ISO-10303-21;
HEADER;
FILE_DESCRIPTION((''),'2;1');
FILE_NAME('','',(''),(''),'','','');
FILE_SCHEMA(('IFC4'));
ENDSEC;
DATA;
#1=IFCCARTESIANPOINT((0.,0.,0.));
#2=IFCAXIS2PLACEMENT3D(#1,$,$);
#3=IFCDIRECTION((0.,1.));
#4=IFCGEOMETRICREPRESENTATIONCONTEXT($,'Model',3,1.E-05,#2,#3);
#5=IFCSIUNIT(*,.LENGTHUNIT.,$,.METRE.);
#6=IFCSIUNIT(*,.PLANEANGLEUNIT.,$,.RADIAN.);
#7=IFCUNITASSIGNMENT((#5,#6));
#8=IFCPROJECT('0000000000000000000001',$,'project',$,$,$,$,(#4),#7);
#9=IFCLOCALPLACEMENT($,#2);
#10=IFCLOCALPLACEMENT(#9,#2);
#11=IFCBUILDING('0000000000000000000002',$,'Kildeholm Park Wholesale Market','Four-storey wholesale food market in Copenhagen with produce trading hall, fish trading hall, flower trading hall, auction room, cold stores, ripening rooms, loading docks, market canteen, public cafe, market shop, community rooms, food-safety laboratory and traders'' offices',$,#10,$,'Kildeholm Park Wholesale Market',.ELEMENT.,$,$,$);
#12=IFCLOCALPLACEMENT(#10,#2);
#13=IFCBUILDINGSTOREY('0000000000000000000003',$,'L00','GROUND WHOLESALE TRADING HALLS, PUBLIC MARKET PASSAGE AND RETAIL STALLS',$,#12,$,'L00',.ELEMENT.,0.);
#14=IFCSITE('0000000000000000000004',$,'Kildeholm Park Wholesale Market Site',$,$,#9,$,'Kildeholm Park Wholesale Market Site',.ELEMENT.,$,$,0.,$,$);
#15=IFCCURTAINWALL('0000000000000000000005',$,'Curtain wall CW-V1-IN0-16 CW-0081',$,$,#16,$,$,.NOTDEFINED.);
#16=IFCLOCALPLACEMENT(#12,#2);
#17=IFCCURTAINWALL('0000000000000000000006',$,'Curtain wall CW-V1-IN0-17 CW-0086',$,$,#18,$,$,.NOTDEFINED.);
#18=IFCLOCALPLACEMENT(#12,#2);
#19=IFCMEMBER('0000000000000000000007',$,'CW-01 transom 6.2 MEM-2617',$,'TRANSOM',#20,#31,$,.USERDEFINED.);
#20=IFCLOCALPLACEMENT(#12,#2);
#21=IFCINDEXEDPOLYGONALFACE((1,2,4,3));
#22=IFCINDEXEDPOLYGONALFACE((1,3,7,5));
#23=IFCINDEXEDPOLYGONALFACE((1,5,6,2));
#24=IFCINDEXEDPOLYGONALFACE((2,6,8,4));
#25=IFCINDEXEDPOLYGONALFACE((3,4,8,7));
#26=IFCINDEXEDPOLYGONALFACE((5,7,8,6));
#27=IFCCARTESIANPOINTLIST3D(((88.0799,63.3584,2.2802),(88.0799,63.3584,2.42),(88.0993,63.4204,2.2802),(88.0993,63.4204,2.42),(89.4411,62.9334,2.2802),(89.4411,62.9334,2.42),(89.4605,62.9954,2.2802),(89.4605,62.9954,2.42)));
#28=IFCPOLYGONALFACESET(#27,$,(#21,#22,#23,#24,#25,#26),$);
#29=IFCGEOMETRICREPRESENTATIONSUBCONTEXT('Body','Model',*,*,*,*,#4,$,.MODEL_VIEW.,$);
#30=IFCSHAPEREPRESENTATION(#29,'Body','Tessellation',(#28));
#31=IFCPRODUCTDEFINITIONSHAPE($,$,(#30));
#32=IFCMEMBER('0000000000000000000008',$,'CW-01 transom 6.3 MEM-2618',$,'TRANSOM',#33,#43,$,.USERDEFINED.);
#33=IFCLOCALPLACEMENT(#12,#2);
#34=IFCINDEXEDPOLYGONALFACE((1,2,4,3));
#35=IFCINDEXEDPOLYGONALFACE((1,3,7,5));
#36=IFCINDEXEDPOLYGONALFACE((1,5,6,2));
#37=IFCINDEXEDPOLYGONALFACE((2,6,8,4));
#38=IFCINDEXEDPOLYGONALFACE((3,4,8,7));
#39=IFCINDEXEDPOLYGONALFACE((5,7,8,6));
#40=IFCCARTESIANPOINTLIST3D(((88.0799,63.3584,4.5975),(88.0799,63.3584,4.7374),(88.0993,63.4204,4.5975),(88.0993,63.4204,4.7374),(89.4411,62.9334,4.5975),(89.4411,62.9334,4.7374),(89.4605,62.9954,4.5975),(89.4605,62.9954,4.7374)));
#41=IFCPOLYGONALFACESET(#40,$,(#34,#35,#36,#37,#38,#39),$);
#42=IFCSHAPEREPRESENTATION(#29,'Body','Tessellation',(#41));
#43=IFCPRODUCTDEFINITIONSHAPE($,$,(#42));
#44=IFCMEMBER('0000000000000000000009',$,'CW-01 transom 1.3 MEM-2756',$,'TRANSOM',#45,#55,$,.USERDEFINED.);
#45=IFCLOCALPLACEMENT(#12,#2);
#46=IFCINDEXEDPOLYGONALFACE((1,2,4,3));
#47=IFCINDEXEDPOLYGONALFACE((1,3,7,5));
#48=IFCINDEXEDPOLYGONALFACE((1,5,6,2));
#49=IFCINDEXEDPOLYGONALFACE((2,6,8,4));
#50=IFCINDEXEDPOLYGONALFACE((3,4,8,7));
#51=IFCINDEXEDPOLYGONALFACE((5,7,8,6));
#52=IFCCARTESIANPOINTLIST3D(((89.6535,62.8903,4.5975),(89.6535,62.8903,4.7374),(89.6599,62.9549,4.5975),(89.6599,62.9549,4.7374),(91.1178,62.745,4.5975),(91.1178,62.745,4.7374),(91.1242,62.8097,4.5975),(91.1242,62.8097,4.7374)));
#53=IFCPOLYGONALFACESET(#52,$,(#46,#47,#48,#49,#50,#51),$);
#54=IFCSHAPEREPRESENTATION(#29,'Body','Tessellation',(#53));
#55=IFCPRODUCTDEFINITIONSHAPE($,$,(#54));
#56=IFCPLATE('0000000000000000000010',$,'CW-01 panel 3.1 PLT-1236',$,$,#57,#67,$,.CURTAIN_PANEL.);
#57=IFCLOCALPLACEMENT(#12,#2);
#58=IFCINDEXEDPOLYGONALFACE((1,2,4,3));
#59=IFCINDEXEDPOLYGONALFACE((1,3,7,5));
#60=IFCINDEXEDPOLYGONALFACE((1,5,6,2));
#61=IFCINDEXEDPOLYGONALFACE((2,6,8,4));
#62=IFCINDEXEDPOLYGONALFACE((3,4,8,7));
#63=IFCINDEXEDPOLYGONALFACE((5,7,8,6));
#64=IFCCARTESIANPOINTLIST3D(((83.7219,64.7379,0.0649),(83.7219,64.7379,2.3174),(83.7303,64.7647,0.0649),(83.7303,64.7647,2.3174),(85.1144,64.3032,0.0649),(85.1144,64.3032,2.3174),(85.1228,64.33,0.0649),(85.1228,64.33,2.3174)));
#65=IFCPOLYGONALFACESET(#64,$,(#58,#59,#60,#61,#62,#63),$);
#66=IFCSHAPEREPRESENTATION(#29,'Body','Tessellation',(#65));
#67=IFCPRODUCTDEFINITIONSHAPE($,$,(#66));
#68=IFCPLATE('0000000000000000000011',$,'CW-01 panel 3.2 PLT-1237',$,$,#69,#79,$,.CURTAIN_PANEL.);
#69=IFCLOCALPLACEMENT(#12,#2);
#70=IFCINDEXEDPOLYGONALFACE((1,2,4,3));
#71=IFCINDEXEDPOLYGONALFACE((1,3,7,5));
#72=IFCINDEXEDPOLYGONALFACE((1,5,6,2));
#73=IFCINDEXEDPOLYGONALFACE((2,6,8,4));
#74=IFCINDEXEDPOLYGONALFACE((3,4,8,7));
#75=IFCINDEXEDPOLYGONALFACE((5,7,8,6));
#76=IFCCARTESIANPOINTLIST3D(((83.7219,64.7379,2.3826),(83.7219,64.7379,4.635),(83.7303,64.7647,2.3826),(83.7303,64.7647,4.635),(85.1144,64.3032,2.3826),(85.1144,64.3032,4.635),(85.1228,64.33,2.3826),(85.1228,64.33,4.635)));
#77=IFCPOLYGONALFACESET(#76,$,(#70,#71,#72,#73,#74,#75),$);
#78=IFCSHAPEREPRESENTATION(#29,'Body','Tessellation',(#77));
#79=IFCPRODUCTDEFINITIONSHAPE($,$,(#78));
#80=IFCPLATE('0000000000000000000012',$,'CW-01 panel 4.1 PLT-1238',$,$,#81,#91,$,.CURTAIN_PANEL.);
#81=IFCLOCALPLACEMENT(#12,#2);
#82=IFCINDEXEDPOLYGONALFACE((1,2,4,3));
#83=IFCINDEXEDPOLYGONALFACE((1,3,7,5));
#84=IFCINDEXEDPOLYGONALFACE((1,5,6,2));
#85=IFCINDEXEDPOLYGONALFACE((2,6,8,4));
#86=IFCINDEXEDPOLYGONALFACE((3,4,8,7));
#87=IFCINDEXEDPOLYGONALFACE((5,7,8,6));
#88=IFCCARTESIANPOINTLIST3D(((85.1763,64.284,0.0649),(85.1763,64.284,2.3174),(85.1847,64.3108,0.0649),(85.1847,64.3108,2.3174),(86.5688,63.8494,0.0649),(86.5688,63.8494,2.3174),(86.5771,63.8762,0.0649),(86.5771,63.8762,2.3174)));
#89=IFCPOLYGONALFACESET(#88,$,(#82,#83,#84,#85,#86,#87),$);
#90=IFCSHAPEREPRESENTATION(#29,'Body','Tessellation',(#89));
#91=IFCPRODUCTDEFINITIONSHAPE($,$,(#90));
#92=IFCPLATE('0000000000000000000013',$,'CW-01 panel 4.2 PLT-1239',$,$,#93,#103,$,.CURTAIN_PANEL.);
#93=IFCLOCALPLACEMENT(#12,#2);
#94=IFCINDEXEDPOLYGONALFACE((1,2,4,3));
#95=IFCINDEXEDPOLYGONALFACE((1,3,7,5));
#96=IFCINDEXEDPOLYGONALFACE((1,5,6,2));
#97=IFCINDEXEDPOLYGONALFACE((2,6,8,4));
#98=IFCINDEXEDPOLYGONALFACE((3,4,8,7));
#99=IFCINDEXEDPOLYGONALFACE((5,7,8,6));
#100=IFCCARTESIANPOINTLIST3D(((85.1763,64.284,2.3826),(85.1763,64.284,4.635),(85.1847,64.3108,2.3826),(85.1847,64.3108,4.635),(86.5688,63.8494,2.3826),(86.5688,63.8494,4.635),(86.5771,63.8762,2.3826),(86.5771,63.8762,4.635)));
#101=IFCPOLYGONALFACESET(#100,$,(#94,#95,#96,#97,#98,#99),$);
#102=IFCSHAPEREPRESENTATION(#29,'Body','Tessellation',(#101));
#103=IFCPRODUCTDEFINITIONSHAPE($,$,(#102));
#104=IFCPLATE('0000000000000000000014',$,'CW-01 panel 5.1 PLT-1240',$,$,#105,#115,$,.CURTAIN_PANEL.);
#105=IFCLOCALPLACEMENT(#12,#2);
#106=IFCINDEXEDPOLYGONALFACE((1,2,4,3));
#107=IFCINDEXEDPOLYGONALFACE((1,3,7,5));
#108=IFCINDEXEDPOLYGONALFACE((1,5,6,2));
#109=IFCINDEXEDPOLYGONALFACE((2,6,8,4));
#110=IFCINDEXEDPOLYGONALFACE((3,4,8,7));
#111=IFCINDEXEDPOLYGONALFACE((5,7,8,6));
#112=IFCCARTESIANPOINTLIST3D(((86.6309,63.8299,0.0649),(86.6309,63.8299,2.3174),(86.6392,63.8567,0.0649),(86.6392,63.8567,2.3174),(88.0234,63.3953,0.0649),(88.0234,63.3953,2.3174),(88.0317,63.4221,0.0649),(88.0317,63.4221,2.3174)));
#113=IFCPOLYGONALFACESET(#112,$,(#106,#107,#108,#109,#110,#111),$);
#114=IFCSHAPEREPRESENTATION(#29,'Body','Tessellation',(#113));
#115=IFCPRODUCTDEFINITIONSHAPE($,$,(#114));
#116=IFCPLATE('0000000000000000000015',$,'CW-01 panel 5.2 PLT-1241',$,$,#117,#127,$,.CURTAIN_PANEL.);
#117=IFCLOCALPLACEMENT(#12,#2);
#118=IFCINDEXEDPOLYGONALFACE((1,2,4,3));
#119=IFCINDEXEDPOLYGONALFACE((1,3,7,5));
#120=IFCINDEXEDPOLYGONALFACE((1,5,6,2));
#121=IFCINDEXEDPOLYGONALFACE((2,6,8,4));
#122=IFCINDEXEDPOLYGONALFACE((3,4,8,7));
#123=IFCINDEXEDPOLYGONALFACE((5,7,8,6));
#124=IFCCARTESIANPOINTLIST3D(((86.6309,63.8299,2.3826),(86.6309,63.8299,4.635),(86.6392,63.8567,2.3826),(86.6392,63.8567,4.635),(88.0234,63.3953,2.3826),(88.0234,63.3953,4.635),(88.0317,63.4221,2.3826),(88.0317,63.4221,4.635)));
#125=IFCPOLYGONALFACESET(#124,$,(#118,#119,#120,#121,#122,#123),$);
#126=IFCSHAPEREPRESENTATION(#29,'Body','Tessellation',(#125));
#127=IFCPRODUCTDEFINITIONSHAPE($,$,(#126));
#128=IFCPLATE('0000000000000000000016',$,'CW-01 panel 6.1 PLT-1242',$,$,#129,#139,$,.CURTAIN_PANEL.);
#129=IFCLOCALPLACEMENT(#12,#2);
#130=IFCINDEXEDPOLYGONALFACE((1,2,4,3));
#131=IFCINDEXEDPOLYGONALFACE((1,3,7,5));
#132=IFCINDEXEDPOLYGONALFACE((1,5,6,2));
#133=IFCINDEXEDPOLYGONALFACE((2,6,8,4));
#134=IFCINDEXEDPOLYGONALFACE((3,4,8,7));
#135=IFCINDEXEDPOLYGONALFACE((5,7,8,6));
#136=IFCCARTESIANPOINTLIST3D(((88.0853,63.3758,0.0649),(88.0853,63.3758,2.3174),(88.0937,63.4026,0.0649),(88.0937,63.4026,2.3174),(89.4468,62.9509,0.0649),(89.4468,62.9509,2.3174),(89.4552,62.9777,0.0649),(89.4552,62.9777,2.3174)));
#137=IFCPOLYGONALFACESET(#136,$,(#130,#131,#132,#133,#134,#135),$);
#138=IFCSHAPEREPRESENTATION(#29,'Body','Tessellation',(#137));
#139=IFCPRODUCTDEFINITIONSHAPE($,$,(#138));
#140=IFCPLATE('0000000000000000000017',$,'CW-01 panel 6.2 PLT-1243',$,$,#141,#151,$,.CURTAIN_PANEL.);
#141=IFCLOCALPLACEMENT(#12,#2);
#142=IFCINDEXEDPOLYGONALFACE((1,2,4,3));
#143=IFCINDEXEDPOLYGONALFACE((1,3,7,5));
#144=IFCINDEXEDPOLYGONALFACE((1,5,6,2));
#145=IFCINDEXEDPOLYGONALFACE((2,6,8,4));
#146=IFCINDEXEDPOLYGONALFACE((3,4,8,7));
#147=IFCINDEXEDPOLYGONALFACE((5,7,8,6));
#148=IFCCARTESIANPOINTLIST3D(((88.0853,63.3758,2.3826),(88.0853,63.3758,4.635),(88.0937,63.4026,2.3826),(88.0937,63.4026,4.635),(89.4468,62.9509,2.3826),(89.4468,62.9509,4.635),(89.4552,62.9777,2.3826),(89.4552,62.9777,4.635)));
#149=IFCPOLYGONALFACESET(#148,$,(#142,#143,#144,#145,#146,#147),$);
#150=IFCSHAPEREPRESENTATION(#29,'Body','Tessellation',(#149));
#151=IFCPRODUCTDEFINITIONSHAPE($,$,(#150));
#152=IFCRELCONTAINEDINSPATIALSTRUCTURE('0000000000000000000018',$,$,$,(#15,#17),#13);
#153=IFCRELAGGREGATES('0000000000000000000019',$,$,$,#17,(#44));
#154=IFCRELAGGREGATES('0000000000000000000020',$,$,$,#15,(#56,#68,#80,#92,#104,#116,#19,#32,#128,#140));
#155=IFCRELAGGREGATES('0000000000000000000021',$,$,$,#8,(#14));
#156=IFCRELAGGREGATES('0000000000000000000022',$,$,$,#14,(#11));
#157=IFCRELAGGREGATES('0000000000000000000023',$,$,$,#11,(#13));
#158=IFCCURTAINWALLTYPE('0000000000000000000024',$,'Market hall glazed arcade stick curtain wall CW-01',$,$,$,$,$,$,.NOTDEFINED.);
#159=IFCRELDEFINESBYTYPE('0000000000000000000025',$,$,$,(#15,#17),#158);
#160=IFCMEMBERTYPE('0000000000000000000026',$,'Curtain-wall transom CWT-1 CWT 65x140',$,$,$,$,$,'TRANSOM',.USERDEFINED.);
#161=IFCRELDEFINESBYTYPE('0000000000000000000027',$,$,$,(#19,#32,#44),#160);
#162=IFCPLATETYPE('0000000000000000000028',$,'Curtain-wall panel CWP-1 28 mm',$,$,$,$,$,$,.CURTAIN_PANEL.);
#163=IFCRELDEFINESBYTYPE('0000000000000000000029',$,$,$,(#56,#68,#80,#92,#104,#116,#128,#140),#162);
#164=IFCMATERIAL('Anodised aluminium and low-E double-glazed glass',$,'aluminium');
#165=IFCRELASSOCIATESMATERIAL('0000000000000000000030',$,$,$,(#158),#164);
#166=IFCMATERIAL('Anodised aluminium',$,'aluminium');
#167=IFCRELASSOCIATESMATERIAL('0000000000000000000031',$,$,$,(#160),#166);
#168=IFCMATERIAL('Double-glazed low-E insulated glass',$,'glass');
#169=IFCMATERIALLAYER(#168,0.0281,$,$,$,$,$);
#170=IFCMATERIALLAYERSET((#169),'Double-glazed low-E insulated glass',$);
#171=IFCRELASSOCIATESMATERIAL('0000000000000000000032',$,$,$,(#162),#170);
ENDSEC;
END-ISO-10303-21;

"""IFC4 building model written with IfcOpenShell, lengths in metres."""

from ifc_helpers import new_model, si_unit, direction, frame, origin, origin_2d, place, context, subcontext, project, spatial, rectangle, extrude, material, layer, layer_set, material_profile, profile_set, type_object, element, aggregate, save


model = new_model("IFC4")

# Units and contexts
model_context = context("Model", 3, precision=1e-05, world=origin(), true_north=direction((0.0, 1.0)))
body_context = subcontext(model_context, "Body", "Model", "MODEL_VIEW")
ifc_project = project(units=[si_unit("LENGTHUNIT", "METRE"), si_unit("PLANEANGLEUNIT", "RADIAN")], contexts=[model_context])

# Site, building, storey
site_placement = place(None, origin())
site = spatial("IfcSite", under=ifc_project, at=site_placement, Name="Kildeholm Park Wholesale Market Site", LongName="Kildeholm Park Wholesale Market Site", CompositionType="ELEMENT", RefElevation=0.0)
building_placement = place(site_placement, origin())
building = spatial("IfcBuilding", under=site, at=building_placement, Name="Kildeholm Park Wholesale Market", Description="Four-storey wholesale food market in Copenhagen with produce trading hall, fish trading hall, flower trading hall, auction room, cold stores, ripening rooms, loading docks, market canteen, public cafe, market shop, community rooms, food-safety laboratory and traders' offices", LongName="Kildeholm Park Wholesale Market", CompositionType="ELEMENT")
storey_placement = place(building_placement, origin())
storey = spatial("IfcBuildingStorey", under=building, at=storey_placement, Name="L00", Description="GROUND WHOLESALE TRADING HALLS, PUBLIC MARKET PASSAGE AND RETAIL STALLS", LongName="L00", CompositionType="ELEMENT", Elevation=0.0)

# Curtain wall
ifc_material_1 = material(Name="Anodised aluminium and low-E double-glazed glass", Category="aluminium")
curtain_wall_type = type_object("IfcCurtainWallType", Name="Market hall glazed arcade stick curtain wall CW-01", PredefinedType="NOTDEFINED", material=ifc_material_1)
curtain_wall_1_placement = place(storey_placement, origin())
curtain_wall_1 = element("IfcCurtainWall", 1, at=curtain_wall_1_placement, inside=storey, type_object=curtain_wall_type, Name="Curtain wall CW-V1-IN0-16 CW-0081", PredefinedType="NOTDEFINED")
ifc_material_2 = material(Name="Anodised aluminium", Category="aluminium")

# Curtain wall
curtain_wall_2_placement = place(storey_placement, origin())
curtain_wall_2 = element("IfcCurtainWall", 2, at=curtain_wall_2_placement, inside=storey, type_object=curtain_wall_type, Name="Curtain wall CW-V1-IN0-17 CW-0086", PredefinedType="NOTDEFINED")

# Members
ifc_material_profile_1 = material_profile(ifc_material_2, rectangle(XDim=0.0649, YDim=0.1399, at=origin_2d()), Name="CWT 65x140")
ifc_profile_set_1 = profile_set([ifc_material_profile_1], Name="Anodised aluminium")
member_type_1 = type_object("IfcMemberType", Name="Curtain-wall transom CWT-1 CWT 65x140", ElementType="TRANSOM", PredefinedType="USERDEFINED", material=ifc_profile_set_1)
member_1_placement = place(storey_placement, frame((88.0896, 63.3894, 2.3501), z_axis=(0.954553, -0.298041, 0.0), x_axis=(0.298041, 0.954553, 0.0)))
member_1 = element("IfcMember", 3, at=member_1_placement, type_object=member_type_1, Name="CW-01 transom 6.2 MEM-2617", ObjectType="TRANSOM", PredefinedType="USERDEFINED", context=body_context, shape_type="SweptSolid", body=[
    extrude(rectangle(XDim=0.0649, YDim=0.1399, at=origin_2d()), origin(), (0.0, 0.0, 1.0), 1.426),
])
member_2_placement = place(storey_placement, frame((88.0896, 63.3894, 4.6675), z_axis=(0.954553, -0.298041, 0.0), x_axis=(0.298041, 0.954553, 0.0)))
member_2 = element("IfcMember", 4, at=member_2_placement, type_object=member_type_1, Name="CW-01 transom 6.3 MEM-2618", ObjectType="TRANSOM", PredefinedType="USERDEFINED", context=body_context, shape_type="SweptSolid", body=[
    extrude(rectangle(XDim=0.0649, YDim=0.1399, at=origin_2d()), origin(), (0.0, 0.0, 1.0), 1.426),
])
member_3_placement = place(storey_placement, frame((89.6567, 62.9226, 4.6675), z_axis=(0.995116, -0.098715, 0.0), x_axis=(0.098715, 0.995116, 0.0)))
member_3 = element("IfcMember", 5, at=member_3_placement, type_object=member_type_1, Name="CW-01 transom 1.3 MEM-2756", ObjectType="TRANSOM", PredefinedType="USERDEFINED", context=body_context, shape_type="SweptSolid", body=[
    extrude(rectangle(XDim=0.0649, YDim=0.1399, at=origin_2d()), origin(), (0.0, 0.0, 1.0), 1.4714),
])
aggregate(curtain_wall_2, [member_3])

# Plates
ifc_material_3 = material(Name="Double-glazed low-E insulated glass", Category="glass")
ifc_layer = layer(ifc_material_3, 0.0281)
ifc_layer_set = layer_set([ifc_layer], Name="Double-glazed low-E insulated glass")
plate_type = type_object("IfcPlateType", Name="Curtain-wall panel CWP-1 28 mm", PredefinedType="CURTAIN_PANEL", material=ifc_layer_set)
plate_1_placement = place(storey_placement, frame((84.4224, 64.5339, 0.0649), z_axis=(0.0, 0.0, 1.0), x_axis=(0.954579, -0.297957, 0.0)))
plate_1 = element("IfcPlate", 6, at=plate_1_placement, type_object=plate_type, Name="CW-01 panel 3.1 PLT-1236", PredefinedType="CURTAIN_PANEL", context=body_context, shape_type="SweptSolid", body=[
    extrude(rectangle(XDim=1.4587, YDim=0.0281, at=origin_2d()), origin(), (0.0, 0.0, 1.0), 2.2524),
])
plate_2_placement = place(storey_placement, frame((84.4224, 64.5339, 2.3826), z_axis=(0.0, 0.0, 1.0), x_axis=(0.954579, -0.297957, 0.0)))
plate_2 = element("IfcPlate", 7, at=plate_2_placement, type_object=plate_type, Name="CW-01 panel 3.2 PLT-1237", PredefinedType="CURTAIN_PANEL", context=body_context, shape_type="SweptSolid", body=[
    extrude(rectangle(XDim=1.4587, YDim=0.0281, at=origin_2d()), origin(), (0.0, 0.0, 1.0), 2.2524),
])
plate_3_placement = place(storey_placement, frame((85.8767, 64.0801, 0.0649), z_axis=(0.0, 0.0, 1.0), x_axis=(0.954579, -0.297957, 0.0)))
plate_3 = element("IfcPlate", 8, at=plate_3_placement, type_object=plate_type, Name="CW-01 panel 4.1 PLT-1238", PredefinedType="CURTAIN_PANEL", context=body_context, shape_type="SweptSolid", body=[
    extrude(rectangle(XDim=1.4587, YDim=0.0281, at=origin_2d()), origin(), (0.0, 0.0, 1.0), 2.2524),
])
plate_4_placement = place(storey_placement, frame((85.8767, 64.0801, 2.3826), z_axis=(0.0, 0.0, 1.0), x_axis=(0.954579, -0.297957, 0.0)))
plate_4 = element("IfcPlate", 9, at=plate_4_placement, type_object=plate_type, Name="CW-01 panel 4.2 PLT-1239", PredefinedType="CURTAIN_PANEL", context=body_context, shape_type="SweptSolid", body=[
    extrude(rectangle(XDim=1.4587, YDim=0.0281, at=origin_2d()), origin(), (0.0, 0.0, 1.0), 2.2524),
])
plate_5_placement = place(storey_placement, frame((87.3313, 63.626, 0.0649), z_axis=(0.0, 0.0, 1.0), x_axis=(0.954579, -0.297957, 0.0)))
plate_5 = element("IfcPlate", 10, at=plate_5_placement, type_object=plate_type, Name="CW-01 panel 5.1 PLT-1240", PredefinedType="CURTAIN_PANEL", context=body_context, shape_type="SweptSolid", body=[
    extrude(rectangle(XDim=1.4587, YDim=0.0281, at=origin_2d()), origin(), (0.0, 0.0, 1.0), 2.2524),
])
plate_6_placement = place(storey_placement, frame((87.3313, 63.626, 2.3826), z_axis=(0.0, 0.0, 1.0), x_axis=(0.954579, -0.297957, 0.0)))
plate_6 = element("IfcPlate", 11, at=plate_6_placement, type_object=plate_type, Name="CW-01 panel 5.2 PLT-1241", PredefinedType="CURTAIN_PANEL", context=body_context, shape_type="SweptSolid", body=[
    extrude(rectangle(XDim=1.4587, YDim=0.0281, at=origin_2d()), origin(), (0.0, 0.0, 1.0), 2.2524),
])
plate_7_placement = place(storey_placement, frame((88.7703, 63.1768, 0.0649), z_axis=(0.0, 0.0, 1.0), x_axis=(0.954579, -0.297957, 0.0)))
plate_7 = element("IfcPlate", 12, at=plate_7_placement, type_object=plate_type, Name="CW-01 panel 6.1 PLT-1242", PredefinedType="CURTAIN_PANEL", context=body_context, shape_type="SweptSolid", body=[
    extrude(rectangle(XDim=1.4263, YDim=0.0281, at=origin_2d()), origin(), (0.0, 0.0, 1.0), 2.2524),
])
plate_8_placement = place(storey_placement, frame((88.7703, 63.1768, 2.3826), z_axis=(0.0, 0.0, 1.0), x_axis=(0.954579, -0.297957, 0.0)))
plate_8 = element("IfcPlate", 13, at=plate_8_placement, type_object=plate_type, Name="CW-01 panel 6.2 PLT-1243", PredefinedType="CURTAIN_PANEL", context=body_context, shape_type="SweptSolid", body=[
    extrude(rectangle(XDim=1.4263, YDim=0.0281, at=origin_2d()), origin(), (0.0, 0.0, 1.0), 2.2524),
])
aggregate(curtain_wall_1, [plate_1, plate_2, plate_3, plate_4, plate_5, plate_6, member_1, member_2, plate_7, plate_8])

save(model, "model.ifc")
